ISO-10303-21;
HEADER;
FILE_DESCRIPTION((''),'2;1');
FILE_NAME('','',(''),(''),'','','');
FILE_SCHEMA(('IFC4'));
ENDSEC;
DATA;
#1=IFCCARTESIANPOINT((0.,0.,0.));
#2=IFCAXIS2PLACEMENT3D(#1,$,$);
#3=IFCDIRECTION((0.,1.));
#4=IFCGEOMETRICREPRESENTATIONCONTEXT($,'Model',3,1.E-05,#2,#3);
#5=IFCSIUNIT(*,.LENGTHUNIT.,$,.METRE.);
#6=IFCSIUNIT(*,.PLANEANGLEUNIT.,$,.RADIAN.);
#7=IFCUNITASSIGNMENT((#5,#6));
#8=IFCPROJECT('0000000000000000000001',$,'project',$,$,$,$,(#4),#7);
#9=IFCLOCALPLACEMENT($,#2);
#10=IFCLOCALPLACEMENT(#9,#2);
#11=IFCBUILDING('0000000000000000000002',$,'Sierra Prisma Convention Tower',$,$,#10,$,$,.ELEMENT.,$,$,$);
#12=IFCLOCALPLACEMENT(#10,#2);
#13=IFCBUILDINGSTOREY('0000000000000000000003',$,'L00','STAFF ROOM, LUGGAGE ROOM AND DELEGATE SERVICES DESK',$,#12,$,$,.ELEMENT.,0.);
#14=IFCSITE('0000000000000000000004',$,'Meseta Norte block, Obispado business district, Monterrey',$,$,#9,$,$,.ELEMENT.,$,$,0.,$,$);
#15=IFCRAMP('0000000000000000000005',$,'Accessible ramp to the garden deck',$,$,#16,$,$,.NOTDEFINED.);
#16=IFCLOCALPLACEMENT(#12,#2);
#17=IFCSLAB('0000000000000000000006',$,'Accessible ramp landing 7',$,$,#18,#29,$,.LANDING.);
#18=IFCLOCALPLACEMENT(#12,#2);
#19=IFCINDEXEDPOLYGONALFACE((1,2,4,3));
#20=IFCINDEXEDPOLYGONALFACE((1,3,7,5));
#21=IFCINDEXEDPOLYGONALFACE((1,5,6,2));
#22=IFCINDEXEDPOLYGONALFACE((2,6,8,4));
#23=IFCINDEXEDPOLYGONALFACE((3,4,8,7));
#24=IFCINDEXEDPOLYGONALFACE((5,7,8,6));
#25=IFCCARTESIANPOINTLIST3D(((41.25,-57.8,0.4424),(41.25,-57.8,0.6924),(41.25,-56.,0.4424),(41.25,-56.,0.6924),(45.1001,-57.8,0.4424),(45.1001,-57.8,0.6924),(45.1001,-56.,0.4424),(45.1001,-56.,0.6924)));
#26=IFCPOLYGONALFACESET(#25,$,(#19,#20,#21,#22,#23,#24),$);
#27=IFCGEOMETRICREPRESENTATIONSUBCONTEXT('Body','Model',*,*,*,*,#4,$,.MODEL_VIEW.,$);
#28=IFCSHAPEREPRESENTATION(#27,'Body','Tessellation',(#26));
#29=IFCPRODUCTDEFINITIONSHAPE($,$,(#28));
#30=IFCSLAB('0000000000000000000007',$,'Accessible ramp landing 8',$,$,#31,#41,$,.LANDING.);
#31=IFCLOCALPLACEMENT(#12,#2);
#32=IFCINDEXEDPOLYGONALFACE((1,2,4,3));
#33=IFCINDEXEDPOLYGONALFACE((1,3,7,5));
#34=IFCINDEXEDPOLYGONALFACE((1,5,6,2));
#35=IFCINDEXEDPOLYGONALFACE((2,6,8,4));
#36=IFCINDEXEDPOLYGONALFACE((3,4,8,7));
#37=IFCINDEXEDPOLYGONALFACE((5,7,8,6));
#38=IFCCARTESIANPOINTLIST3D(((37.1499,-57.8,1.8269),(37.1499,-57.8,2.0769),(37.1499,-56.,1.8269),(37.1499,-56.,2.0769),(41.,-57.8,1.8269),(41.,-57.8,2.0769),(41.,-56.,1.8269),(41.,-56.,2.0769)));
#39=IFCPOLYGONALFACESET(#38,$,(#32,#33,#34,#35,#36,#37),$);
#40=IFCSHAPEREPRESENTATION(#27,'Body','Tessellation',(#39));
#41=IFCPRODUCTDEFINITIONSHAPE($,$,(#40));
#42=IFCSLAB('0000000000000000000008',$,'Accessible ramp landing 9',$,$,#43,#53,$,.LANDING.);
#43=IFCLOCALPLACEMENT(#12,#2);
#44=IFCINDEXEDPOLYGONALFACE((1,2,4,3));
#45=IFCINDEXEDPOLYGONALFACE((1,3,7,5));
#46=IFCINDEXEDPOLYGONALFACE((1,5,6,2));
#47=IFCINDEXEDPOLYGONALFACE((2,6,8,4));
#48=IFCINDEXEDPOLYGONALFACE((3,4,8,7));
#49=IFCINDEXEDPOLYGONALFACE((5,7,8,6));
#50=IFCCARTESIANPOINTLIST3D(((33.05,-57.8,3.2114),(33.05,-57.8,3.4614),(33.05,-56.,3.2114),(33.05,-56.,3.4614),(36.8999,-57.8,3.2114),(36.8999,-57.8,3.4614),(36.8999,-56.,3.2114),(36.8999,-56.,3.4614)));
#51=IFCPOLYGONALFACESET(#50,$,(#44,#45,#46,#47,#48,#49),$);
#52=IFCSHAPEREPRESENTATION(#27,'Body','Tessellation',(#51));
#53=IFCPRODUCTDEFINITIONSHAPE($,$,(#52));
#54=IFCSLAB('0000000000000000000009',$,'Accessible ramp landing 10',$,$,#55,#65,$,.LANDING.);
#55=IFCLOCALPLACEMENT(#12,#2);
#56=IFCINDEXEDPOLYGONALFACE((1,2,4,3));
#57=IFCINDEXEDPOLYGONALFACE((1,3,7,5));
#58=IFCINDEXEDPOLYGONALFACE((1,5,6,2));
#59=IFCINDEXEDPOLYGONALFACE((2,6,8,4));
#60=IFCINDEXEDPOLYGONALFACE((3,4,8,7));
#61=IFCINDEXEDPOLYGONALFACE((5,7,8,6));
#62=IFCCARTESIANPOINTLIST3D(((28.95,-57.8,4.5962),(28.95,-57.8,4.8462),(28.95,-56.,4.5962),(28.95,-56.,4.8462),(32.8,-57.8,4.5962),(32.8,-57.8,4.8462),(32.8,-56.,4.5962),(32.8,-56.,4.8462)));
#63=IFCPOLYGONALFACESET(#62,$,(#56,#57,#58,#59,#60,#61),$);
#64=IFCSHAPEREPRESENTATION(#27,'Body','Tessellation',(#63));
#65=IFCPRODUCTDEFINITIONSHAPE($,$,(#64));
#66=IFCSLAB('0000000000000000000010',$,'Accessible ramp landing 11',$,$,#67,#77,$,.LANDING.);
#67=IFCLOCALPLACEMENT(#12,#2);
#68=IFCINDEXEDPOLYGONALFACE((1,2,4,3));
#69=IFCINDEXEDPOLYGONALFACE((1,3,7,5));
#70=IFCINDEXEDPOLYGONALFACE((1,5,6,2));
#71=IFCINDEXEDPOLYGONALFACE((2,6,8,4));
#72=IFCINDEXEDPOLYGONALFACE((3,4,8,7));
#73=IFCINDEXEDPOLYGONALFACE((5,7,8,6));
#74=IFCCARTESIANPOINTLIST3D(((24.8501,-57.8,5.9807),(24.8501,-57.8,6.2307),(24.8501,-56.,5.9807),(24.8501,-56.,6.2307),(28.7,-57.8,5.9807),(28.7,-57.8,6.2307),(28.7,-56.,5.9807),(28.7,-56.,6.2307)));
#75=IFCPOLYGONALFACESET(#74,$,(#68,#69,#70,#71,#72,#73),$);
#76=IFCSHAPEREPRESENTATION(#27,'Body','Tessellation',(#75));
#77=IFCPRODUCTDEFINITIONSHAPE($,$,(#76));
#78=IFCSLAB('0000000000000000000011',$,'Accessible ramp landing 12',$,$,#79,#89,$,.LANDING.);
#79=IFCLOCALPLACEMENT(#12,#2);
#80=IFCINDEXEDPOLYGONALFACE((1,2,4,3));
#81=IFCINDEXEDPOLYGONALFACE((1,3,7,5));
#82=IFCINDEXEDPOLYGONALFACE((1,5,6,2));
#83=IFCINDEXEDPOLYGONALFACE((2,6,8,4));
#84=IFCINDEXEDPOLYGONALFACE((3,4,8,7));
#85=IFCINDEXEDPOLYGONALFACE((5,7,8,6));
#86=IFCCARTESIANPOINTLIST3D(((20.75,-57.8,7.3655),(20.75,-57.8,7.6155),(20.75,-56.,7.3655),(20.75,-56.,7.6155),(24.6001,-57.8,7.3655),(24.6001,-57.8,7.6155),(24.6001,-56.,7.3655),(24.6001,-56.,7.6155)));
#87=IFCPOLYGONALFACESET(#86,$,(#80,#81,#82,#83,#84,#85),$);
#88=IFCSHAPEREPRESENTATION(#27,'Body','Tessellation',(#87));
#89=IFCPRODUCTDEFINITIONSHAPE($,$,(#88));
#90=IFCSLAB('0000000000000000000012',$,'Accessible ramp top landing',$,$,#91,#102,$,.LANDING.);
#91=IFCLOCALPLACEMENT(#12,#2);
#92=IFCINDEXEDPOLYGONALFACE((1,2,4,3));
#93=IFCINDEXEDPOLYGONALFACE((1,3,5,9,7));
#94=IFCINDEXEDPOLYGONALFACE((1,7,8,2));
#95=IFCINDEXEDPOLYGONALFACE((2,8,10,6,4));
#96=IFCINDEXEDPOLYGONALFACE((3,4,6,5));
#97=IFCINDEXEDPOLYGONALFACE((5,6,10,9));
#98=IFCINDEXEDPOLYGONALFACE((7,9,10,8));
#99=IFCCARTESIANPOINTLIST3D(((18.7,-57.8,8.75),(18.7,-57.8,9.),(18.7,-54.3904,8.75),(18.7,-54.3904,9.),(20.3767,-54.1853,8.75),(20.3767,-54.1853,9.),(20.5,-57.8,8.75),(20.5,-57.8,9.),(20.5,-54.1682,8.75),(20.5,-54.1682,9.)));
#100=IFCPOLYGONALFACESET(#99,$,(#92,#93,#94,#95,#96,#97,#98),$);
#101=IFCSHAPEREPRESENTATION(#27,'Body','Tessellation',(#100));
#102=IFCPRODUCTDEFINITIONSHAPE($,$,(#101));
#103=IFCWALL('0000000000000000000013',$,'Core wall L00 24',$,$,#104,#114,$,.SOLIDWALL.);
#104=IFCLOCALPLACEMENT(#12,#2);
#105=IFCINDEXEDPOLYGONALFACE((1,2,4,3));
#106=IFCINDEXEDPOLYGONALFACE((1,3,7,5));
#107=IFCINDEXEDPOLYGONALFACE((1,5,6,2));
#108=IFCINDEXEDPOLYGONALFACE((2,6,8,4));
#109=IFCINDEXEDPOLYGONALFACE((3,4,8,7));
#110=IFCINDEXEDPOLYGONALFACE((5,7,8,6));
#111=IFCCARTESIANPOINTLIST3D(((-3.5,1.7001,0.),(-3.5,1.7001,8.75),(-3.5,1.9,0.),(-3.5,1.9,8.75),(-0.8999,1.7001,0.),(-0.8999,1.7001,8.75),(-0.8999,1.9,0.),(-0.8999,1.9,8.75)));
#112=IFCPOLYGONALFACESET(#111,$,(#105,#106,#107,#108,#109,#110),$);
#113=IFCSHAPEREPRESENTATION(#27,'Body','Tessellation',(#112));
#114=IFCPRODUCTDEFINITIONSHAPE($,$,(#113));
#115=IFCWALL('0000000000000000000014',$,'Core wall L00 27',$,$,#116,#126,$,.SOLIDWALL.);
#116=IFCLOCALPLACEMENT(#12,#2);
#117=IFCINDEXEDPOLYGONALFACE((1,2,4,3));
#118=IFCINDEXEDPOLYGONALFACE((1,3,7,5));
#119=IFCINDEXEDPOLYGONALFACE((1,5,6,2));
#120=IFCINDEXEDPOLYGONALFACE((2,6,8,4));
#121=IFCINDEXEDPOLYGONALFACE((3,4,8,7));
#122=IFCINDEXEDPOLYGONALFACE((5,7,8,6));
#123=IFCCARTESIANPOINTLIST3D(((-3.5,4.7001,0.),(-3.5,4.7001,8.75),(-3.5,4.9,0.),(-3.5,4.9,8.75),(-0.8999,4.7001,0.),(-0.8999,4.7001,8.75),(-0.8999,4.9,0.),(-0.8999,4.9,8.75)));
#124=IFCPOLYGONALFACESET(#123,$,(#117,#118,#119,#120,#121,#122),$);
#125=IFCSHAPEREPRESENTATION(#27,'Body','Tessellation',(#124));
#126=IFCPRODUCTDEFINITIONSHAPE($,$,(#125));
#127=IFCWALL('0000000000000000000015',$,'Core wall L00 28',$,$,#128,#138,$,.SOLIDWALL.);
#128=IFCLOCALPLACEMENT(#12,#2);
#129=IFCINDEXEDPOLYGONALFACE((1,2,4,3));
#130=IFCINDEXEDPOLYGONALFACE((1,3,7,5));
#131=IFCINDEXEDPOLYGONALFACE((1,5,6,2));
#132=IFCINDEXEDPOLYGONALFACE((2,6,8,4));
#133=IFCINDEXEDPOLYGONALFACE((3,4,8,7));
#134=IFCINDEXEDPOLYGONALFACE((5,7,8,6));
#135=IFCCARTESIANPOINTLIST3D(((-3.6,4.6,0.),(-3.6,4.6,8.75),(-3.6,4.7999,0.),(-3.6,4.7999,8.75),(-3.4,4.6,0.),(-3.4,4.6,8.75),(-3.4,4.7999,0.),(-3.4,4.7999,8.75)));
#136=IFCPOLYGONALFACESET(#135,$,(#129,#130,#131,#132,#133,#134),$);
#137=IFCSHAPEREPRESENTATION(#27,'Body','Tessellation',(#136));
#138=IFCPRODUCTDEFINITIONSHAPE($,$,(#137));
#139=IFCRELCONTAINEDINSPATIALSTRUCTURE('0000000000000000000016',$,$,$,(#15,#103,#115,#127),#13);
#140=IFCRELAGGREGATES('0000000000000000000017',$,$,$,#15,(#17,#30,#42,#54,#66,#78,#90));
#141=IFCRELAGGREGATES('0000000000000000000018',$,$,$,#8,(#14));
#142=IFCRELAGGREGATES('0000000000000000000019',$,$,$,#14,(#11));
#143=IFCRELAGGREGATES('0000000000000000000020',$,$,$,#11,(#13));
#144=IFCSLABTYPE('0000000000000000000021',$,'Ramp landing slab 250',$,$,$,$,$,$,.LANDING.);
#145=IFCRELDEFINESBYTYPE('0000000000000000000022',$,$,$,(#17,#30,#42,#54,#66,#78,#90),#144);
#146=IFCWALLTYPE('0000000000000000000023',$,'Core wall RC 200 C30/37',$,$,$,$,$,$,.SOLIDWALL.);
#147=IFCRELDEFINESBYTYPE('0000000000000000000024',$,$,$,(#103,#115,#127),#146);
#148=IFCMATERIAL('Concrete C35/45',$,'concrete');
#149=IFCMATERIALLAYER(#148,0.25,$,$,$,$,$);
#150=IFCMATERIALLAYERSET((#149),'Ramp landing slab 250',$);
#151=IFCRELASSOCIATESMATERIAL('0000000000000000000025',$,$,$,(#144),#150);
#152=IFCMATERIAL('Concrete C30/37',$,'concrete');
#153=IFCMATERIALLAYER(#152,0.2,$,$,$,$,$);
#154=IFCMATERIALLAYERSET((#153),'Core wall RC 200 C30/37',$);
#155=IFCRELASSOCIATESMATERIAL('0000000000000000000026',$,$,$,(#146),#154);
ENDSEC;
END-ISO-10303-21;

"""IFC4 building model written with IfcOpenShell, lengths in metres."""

from ifc_helpers import new_model, si_unit, direction, frame, frame_2d, origin, place, context, subcontext, project, spatial, polyline, rectangle, outline, extrude, material, layer, layer_set, type_object, element, aggregate, save


model = new_model("IFC4")

# Units and contexts
model_context = context("Model", 3, precision=1e-05, world=origin(), true_north=direction((0.0, 1.0)))
body_context = subcontext(model_context, "Body", "Model", "MODEL_VIEW")
ifc_project = project(units=[si_unit("LENGTHUNIT", "METRE"), si_unit("PLANEANGLEUNIT", "RADIAN")], contexts=[model_context])

# Site, building, storey
site_placement = place(None, origin())
site = spatial("IfcSite", under=ifc_project, at=site_placement, Name="Meseta Norte block, Obispado business district, Monterrey", CompositionType="ELEMENT", RefElevation=0.0)
building_placement = place(site_placement, origin())
building = spatial("IfcBuilding", under=site, at=building_placement, Name="Sierra Prisma Convention Tower", CompositionType="ELEMENT")
storey_placement = place(building_placement, origin())
storey = spatial("IfcBuildingStorey", under=building, at=storey_placement, Name="L00", Description="STAFF ROOM, LUGGAGE ROOM AND DELEGATE SERVICES DESK", CompositionType="ELEMENT", Elevation=0.0)

# Ramp, slabs
ramp_placement = place(storey_placement, origin())
ramp = element("IfcRamp", 1, at=ramp_placement, inside=storey, Name="Accessible ramp to the garden deck", PredefinedType="NOTDEFINED")
ifc_material_1 = material(Name="Concrete C35/45", Category="concrete")
ifc_layer_1 = layer(ifc_material_1, 0.25)
ifc_layer_set_1 = layer_set([ifc_layer_1], Name="Ramp landing slab 250")
slab_type_1 = type_object("IfcSlabType", Name="Ramp landing slab 250", PredefinedType="LANDING", material=ifc_layer_set_1)
slab_1_placement = place(storey_placement, frame((0.0, 0.0, 0.4424)))
slab_1 = element("IfcSlab", 2, at=slab_1_placement, type_object=slab_type_1, Name="Accessible ramp landing 7", PredefinedType="LANDING", context=body_context, shape_type="SweptSolid", body=[
    extrude(outline(polyline([(41.25, -57.8), (45.1001, -57.8), (45.1001, -56.0), (41.25, -56.0), (41.25, -57.8)])), origin(), (0.0, 0.0, 1.0), 0.25),
])
slab_2_placement = place(storey_placement, frame((0.0, 0.0, 1.8269)))
slab_2 = element("IfcSlab", 3, at=slab_2_placement, type_object=slab_type_1, Name="Accessible ramp landing 8", PredefinedType="LANDING", context=body_context, shape_type="SweptSolid", body=[
    extrude(outline(polyline([(37.1499, -57.8), (41.0, -57.8), (41.0, -56.0), (37.1499, -56.0), (37.1499, -57.8)])), origin(), (0.0, 0.0, 1.0), 0.25),
])
slab_3_placement = place(storey_placement, frame((0.0, 0.0, 3.2114)))
slab_3 = element("IfcSlab", 4, at=slab_3_placement, type_object=slab_type_1, Name="Accessible ramp landing 9", PredefinedType="LANDING", context=body_context, shape_type="SweptSolid", body=[
    extrude(outline(polyline([(33.05, -57.8), (36.8999, -57.8), (36.8999, -56.0), (33.05, -56.0), (33.05, -57.8)])), origin(), (0.0, 0.0, 1.0), 0.25),
])
slab_4_placement = place(storey_placement, frame((0.0, 0.0, 4.5962)))
slab_4 = element("IfcSlab", 5, at=slab_4_placement, type_object=slab_type_1, Name="Accessible ramp landing 10", PredefinedType="LANDING", context=body_context, shape_type="SweptSolid", body=[
    extrude(outline(polyline([(28.95, -57.8), (32.8, -57.8), (32.8, -56.0), (28.95, -56.0), (28.95, -57.8)])), origin(), (0.0, 0.0, 1.0), 0.25),
])
slab_5_placement = place(storey_placement, frame((0.0, 0.0, 5.9807)))
slab_5 = element("IfcSlab", 6, at=slab_5_placement, type_object=slab_type_1, Name="Accessible ramp landing 11", PredefinedType="LANDING", context=body_context, shape_type="SweptSolid", body=[
    extrude(outline(polyline([(24.8501, -57.8), (28.7, -57.8), (28.7, -56.0), (24.8501, -56.0), (24.8501, -57.8)])), origin(), (0.0, 0.0, 1.0), 0.25),
])
slab_6_placement = place(storey_placement, frame((0.0, 0.0, 7.3655)))
slab_6 = element("IfcSlab", 7, at=slab_6_placement, type_object=slab_type_1, Name="Accessible ramp landing 12", PredefinedType="LANDING", context=body_context, shape_type="SweptSolid", body=[
    extrude(outline(polyline([(20.75, -57.8), (24.6001, -57.8), (24.6001, -56.0), (20.75, -56.0), (20.75, -57.8)])), origin(), (0.0, 0.0, 1.0), 0.25),
])
slab_7_placement = place(storey_placement, frame((0.0, 0.0, 8.75)))
slab_7 = element("IfcSlab", 8, at=slab_7_placement, type_object=slab_type_1, Name="Accessible ramp top landing", PredefinedType="LANDING", context=body_context, shape_type="SweptSolid", body=[
    extrude(outline(polyline([(20.5, -54.1682), (20.3767, -54.1853), (18.7, -54.3904), (18.7, -57.8), (20.5, -57.8), (20.5, -54.1682)])), origin(), (0.0, 0.0, 1.0), 0.25),
])
aggregate(ramp, [slab_1, slab_2, slab_3, slab_4, slab_5, slab_6, slab_7])

# Wall
ifc_material_2 = material(Name="Concrete C30/37", Category="concrete")
ifc_layer_2 = layer(ifc_material_2, 0.2)
ifc_layer_set_2 = layer_set([ifc_layer_2], Name="Core wall RC 200 C30/37")
wall_type = type_object("IfcWallType", Name="Core wall RC 200 C30/37", PredefinedType="SOLIDWALL", material=ifc_layer_set_2)
wall_1_placement = place(storey_placement, frame((-0.8999, 1.8, 0.0), z_axis=(0.0, 0.0, 1.0), x_axis=(-1.0, 0.0, 0.0)))
element("IfcWall", 9, at=wall_1_placement, inside=storey, type_object=wall_type, Name="Core wall L00 24", PredefinedType="SOLIDWALL", context=body_context, shape_type="SweptSolid", body=[
    extrude(rectangle(XDim=2.6001, YDim=0.2, at=frame_2d((1.3, 0.0))), origin(), (0.0, 0.0, 1.0), 8.75),
])

# Walls
wall_2_placement = place(storey_placement, frame((-0.8999, 4.8, 0.0), z_axis=(0.0, 0.0, 1.0), x_axis=(-1.0, 0.0, 0.0)))
element("IfcWall", 10, at=wall_2_placement, inside=storey, type_object=wall_type, Name="Core wall L00 27", PredefinedType="SOLIDWALL", context=body_context, shape_type="SweptSolid", body=[
    extrude(rectangle(XDim=2.6001, YDim=0.2, at=frame_2d((1.3, 0.0))), origin(), (0.0, 0.0, 1.0), 8.75),
])
wall_3_placement = place(storey_placement, frame((-3.5, 4.8, 0.0), z_axis=(0.0, 0.0, 1.0), x_axis=(0.0, -1.0, 0.0)))
element("IfcWall", 11, at=wall_3_placement, inside=storey, type_object=wall_type, Name="Core wall L00 28", PredefinedType="SOLIDWALL", context=body_context, shape_type="SweptSolid", body=[
    extrude(rectangle(XDim=0.2, YDim=0.2, at=frame_2d((0.1001, 0.0))), origin(), (0.0, 0.0, 1.0), 8.75),
])

save(model, "model.ifc")
